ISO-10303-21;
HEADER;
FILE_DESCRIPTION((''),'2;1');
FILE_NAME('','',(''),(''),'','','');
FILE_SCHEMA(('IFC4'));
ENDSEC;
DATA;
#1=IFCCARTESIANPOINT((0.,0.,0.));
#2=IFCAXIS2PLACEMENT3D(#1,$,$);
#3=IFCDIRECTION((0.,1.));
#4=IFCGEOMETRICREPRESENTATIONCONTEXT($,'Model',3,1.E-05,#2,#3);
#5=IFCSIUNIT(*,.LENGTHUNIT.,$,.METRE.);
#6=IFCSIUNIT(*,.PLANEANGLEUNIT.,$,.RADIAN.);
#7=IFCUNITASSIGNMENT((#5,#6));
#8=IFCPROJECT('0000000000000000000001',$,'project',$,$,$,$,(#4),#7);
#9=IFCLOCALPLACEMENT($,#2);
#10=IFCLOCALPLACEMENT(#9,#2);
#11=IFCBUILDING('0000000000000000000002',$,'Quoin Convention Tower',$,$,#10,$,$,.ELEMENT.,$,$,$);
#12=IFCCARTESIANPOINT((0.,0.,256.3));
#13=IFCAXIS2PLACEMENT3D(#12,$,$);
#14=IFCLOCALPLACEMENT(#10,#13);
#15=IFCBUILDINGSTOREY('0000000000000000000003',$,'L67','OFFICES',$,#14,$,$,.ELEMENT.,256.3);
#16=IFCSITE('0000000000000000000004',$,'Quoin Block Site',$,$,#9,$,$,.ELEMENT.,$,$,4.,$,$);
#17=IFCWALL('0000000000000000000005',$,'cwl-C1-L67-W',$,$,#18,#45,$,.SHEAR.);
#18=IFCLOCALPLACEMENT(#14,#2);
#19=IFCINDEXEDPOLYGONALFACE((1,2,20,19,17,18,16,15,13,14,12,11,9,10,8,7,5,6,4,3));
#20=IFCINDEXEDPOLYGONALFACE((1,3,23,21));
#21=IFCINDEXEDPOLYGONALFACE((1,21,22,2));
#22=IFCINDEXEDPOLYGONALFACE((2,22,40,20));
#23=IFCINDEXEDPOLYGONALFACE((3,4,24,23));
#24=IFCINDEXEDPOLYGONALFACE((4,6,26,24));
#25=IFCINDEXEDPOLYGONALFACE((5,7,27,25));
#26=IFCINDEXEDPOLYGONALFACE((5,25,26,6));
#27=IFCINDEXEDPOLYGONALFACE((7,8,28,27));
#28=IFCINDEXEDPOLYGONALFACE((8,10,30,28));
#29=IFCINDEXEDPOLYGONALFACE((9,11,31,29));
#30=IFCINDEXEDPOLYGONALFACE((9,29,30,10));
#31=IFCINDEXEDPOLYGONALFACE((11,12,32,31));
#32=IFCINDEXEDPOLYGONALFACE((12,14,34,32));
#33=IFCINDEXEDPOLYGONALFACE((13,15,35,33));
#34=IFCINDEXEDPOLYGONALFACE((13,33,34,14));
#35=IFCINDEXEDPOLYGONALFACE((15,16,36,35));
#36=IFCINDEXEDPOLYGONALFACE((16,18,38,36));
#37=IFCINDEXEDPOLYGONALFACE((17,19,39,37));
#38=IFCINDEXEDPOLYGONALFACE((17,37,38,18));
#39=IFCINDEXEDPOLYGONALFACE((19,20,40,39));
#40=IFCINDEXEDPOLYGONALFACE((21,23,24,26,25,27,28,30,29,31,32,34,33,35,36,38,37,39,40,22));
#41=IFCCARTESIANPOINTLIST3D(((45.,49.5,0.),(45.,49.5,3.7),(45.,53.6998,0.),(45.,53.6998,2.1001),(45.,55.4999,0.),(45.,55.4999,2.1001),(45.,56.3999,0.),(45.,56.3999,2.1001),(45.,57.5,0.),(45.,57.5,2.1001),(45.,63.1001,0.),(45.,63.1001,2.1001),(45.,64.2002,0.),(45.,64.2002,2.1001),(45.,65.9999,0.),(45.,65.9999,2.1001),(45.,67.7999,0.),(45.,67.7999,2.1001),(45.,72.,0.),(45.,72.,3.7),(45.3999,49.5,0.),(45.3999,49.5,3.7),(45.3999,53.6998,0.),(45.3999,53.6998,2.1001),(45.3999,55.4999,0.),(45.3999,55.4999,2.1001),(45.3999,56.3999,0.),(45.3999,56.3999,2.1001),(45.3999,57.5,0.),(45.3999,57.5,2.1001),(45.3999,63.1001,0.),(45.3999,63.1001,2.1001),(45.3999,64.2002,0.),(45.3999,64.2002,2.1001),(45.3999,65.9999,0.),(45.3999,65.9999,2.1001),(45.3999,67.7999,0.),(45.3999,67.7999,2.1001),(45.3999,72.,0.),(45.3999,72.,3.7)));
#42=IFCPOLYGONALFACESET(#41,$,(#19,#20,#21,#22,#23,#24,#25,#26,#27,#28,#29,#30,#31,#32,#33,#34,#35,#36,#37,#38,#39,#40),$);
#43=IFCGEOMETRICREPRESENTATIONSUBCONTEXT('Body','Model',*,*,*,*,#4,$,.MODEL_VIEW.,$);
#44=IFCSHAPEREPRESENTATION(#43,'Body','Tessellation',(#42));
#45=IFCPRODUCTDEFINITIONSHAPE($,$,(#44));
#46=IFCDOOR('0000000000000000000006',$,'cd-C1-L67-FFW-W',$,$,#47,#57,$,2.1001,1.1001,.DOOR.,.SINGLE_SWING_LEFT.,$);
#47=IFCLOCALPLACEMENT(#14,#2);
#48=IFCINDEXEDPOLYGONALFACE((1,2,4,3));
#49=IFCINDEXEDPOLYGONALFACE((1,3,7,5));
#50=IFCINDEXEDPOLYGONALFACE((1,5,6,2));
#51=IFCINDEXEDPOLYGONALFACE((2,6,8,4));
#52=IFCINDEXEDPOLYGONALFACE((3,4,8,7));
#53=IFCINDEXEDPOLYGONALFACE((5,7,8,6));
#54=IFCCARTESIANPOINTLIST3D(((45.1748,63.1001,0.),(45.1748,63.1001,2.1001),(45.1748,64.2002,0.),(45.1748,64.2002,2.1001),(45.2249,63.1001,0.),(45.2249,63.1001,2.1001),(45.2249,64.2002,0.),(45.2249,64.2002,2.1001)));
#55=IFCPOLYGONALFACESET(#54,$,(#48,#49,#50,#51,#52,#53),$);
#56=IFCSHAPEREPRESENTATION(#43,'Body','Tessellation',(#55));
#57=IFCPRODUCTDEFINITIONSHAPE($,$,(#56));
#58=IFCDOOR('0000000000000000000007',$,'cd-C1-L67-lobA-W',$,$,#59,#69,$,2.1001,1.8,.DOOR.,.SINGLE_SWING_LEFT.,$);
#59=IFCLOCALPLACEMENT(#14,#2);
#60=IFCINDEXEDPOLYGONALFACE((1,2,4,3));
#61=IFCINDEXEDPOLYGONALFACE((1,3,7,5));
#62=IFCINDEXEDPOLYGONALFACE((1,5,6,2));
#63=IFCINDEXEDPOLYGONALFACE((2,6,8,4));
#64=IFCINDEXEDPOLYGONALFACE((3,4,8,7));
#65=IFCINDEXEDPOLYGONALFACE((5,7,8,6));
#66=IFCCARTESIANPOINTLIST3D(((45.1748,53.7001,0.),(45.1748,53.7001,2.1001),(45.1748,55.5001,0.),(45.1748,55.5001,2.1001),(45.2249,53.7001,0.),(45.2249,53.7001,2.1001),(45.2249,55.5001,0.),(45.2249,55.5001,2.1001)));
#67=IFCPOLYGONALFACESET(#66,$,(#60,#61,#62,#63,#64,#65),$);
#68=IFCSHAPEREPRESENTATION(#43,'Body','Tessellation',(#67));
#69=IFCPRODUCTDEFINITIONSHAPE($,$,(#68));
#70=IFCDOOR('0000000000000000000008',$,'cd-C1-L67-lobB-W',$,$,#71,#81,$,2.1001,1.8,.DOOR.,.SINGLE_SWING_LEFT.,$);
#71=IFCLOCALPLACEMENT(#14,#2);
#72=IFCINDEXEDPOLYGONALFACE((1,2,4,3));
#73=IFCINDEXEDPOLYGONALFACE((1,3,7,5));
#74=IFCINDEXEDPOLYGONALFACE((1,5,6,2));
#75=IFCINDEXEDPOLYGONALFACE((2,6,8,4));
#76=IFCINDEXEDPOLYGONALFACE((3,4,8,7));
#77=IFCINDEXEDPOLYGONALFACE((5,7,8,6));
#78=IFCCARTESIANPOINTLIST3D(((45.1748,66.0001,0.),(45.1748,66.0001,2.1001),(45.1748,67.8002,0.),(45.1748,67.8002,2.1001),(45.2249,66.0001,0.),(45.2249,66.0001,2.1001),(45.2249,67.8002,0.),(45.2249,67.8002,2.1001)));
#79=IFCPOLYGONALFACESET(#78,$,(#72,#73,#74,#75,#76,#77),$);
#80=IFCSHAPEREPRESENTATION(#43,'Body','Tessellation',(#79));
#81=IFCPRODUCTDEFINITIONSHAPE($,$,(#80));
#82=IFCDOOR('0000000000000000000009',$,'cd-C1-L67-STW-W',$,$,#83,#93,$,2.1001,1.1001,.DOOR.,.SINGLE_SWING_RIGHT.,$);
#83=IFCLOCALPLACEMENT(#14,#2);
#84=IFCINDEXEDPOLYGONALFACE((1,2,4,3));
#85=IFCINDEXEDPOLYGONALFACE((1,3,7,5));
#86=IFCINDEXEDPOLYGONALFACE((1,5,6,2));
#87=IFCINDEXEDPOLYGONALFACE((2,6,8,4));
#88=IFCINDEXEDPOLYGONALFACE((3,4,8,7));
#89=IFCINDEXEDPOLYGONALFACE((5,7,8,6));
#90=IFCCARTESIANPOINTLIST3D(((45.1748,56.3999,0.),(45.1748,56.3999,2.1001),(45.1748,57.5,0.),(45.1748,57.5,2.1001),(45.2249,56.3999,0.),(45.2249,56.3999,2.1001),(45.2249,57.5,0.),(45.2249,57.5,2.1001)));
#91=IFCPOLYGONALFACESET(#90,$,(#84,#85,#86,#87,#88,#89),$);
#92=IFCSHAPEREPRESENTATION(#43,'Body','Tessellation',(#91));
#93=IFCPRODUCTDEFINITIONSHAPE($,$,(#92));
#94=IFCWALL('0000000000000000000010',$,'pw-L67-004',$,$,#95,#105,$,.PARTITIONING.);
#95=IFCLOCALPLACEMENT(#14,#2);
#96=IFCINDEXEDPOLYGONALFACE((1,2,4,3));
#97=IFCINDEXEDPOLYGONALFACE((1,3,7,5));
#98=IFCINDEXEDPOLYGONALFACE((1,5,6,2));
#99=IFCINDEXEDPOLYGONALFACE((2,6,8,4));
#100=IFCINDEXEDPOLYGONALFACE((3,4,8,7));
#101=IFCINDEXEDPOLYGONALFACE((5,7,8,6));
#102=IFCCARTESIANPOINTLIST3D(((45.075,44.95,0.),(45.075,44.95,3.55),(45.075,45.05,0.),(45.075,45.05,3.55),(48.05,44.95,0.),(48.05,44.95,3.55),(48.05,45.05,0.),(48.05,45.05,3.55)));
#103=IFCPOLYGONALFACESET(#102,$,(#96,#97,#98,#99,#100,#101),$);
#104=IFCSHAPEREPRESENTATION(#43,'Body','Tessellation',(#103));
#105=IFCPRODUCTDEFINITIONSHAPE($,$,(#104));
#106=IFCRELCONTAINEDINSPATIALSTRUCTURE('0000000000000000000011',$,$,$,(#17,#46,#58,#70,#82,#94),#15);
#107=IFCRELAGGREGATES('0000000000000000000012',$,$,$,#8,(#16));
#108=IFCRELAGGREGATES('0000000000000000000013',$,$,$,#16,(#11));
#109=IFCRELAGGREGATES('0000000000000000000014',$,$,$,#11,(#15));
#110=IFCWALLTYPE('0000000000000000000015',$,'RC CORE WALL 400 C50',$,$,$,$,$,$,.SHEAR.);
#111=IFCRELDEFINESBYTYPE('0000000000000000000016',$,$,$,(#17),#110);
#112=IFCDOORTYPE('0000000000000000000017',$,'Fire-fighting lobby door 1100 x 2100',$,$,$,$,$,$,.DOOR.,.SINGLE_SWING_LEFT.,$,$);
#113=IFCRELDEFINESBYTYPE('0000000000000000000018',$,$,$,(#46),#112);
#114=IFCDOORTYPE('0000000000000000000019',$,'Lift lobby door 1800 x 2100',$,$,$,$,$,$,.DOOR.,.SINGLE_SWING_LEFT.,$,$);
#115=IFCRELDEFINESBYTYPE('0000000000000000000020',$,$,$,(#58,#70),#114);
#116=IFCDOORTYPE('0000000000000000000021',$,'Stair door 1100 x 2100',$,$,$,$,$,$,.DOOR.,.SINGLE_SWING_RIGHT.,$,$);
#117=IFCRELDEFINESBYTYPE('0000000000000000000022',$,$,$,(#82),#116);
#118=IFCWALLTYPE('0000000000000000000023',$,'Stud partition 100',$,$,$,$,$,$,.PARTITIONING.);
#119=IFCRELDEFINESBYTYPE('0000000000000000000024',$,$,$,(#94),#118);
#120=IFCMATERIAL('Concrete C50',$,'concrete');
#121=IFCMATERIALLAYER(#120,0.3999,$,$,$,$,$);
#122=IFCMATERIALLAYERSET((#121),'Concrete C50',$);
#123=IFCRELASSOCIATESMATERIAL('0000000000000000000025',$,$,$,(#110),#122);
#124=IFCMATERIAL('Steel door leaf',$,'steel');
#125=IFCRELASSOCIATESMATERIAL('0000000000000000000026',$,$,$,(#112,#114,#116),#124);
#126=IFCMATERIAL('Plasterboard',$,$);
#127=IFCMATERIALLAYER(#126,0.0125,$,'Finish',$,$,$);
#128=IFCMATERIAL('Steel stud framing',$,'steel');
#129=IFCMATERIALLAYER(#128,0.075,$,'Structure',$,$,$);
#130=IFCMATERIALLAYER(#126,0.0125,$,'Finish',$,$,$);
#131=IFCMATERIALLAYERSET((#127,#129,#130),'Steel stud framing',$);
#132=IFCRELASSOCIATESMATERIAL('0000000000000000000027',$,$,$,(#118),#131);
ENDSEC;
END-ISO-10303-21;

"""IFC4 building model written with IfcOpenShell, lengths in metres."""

from ifc_helpers import new_model, si_unit, direction, frame, frame_2d, origin, place, context, subcontext, project, spatial, rectangle, extrude, material, layer, layer_set, type_object, element, fill, save


model = new_model("IFC4")

# Units and contexts
model_context = context("Model", 3, precision=1e-05, world=origin(), true_north=direction((0.0, 1.0)))
body_context = subcontext(model_context, "Body", "Model", "MODEL_VIEW")
ifc_project = project(units=[si_unit("LENGTHUNIT", "METRE"), si_unit("PLANEANGLEUNIT", "RADIAN")], contexts=[model_context])

# Site, building, storey
site_placement = place(None, origin())
site = spatial("IfcSite", under=ifc_project, at=site_placement, Name="Quoin Block Site", CompositionType="ELEMENT", RefElevation=4.0)
building_placement = place(site_placement, origin())
building = spatial("IfcBuilding", under=site, at=building_placement, Name="Quoin Convention Tower", CompositionType="ELEMENT")
storey_placement = place(building_placement, frame((0.0, 0.0, 256.3)))
storey = spatial("IfcBuildingStorey", under=building, at=storey_placement, Name="L67", Description="OFFICES", CompositionType="ELEMENT", Elevation=256.3)

# Shared definitions
ifc_material_1 = material(Name="Plasterboard")
ifc_material_2 = material(Name="Steel stud framing", Category="steel")
ifc_material_3 = material(Name="Steel door leaf", Category="steel")

# Shared definitions
ifc_material_4 = material(Name="Concrete C50", Category="concrete")
ifc_layer_1 = layer(ifc_material_4, 0.3999)
ifc_layer_set_1 = layer_set([ifc_layer_1], Name="Concrete C50")
wall_type_1 = type_object("IfcWallType", Name="RC CORE WALL 400 C50", PredefinedType="SHEAR", material=ifc_layer_set_1)

# Wall, openings, doors
wall_1_placement = place(storey_placement, frame((45.2, 49.5, 0.0), z_axis=(0.0, 0.0, 1.0), x_axis=(0.0, 1.0, 0.0)))
wall_1 = element("IfcWall", 1, at=wall_1_placement, inside=storey, type_object=wall_type_1, Name="cwl-C1-L67-W", PredefinedType="SHEAR", context=body_context, shape_type="SweptSolid", body=[
    extrude(rectangle(XDim=22.5, YDim=0.3999, at=frame_2d((11.25, 0.0))), origin(), (0.0, 0.0, 1.0), 3.7),
])
opening_1_placement = place(wall_1_placement, frame((4.2, 0.0, 0.0)))
opening_1 = element("IfcOpeningElement", 2, at=opening_1_placement, cuts=wall_1, PredefinedType="OPENING", context=body_context, shape_type="SweptSolid", body=[
    extrude(rectangle(XDim=1.8, YDim=2.1001, at=frame_2d((0.8999, 1.05))), frame((0.0, 0.21, 0.0), z_axis=(0.0, -1.0, 0.0), x_axis=(1.0, 0.0, 0.0)), (0.0, 0.0, 1.0), 0.4199),
])
opening_2_placement = place(wall_1_placement, frame((6.8999, 0.0, 0.0)))
opening_2 = element("IfcOpeningElement", 3, at=opening_2_placement, cuts=wall_1, PredefinedType="OPENING", context=body_context, shape_type="SweptSolid", body=[
    extrude(rectangle(XDim=1.1001, YDim=2.1001, at=frame_2d((0.55, 1.05))), frame((0.0, 0.21, 0.0), z_axis=(0.0, -1.0, 0.0), x_axis=(1.0, 0.0, 0.0)), (0.0, 0.0, 1.0), 0.4199),
])
opening_3_placement = place(wall_1_placement, frame((13.6001, 0.0, 0.0)))
opening_3 = element("IfcOpeningElement", 4, at=opening_3_placement, cuts=wall_1, PredefinedType="OPENING", context=body_context, shape_type="SweptSolid", body=[
    extrude(rectangle(XDim=1.1001, YDim=2.1001, at=frame_2d((0.55, 1.05))), frame((0.0, 0.21, 0.0), z_axis=(0.0, -1.0, 0.0), x_axis=(1.0, 0.0, 0.0)), (0.0, 0.0, 1.0), 0.4199),
])
opening_4_placement = place(wall_1_placement, frame((16.5, 0.0, 0.0)))
opening_4 = element("IfcOpeningElement", 5, at=opening_4_placement, cuts=wall_1, PredefinedType="OPENING", context=body_context, shape_type="SweptSolid", body=[
    extrude(rectangle(XDim=1.8, YDim=2.1001, at=frame_2d((0.8999, 1.05))), frame((0.0, 0.21, 0.0), z_axis=(0.0, -1.0, 0.0), x_axis=(1.0, 0.0, 0.0)), (0.0, 0.0, 1.0), 0.4199),
])
door_type_1 = type_object("IfcDoorType", Name="Fire-fighting lobby door 1100 x 2100", OperationType="SINGLE_SWING_LEFT", PredefinedType="DOOR", material=ifc_material_3)
door_1_placement = place(opening_3_placement, frame((1.1001, 0.0, 0.0), z_axis=(0.0, 0.0, 1.0), x_axis=(-1.0, 0.0, 0.0)))
door_1 = element("IfcDoor", 6, at=door_1_placement, inside=storey, type_object=door_type_1, Name="cd-C1-L67-FFW-W", OperationType="SINGLE_SWING_LEFT", OverallHeight=2.1001, OverallWidth=1.1001, PredefinedType="DOOR", context=body_context, shape_type="SweptSolid", body=[
    extrude(rectangle(XDim=1.1001, YDim=2.1001, at=frame_2d((0.55, 1.05))), frame((0.0, 0.0249, 0.0), z_axis=(0.0, -1.0, 0.0), x_axis=(1.0, 0.0, 0.0)), (0.0, 0.0, 1.0), 0.05),
])
fill(opening_3, door_1)
door_type_2 = type_object("IfcDoorType", Name="Lift lobby door 1800 x 2100", OperationType="SINGLE_SWING_LEFT", PredefinedType="DOOR", material=ifc_material_3)
door_2_placement = place(opening_1_placement, frame((1.8, 0.0, 0.0), z_axis=(0.0, 0.0, 1.0), x_axis=(-1.0, 0.0, 0.0)))
door_2 = element("IfcDoor", 7, at=door_2_placement, inside=storey, type_object=door_type_2, Name="cd-C1-L67-lobA-W", OperationType="SINGLE_SWING_LEFT", OverallHeight=2.1001, OverallWidth=1.8, PredefinedType="DOOR", context=body_context, shape_type="SweptSolid", body=[
    extrude(rectangle(XDim=1.8, YDim=2.1001, at=frame_2d((0.8999, 1.05))), frame((0.0, 0.0249, 0.0), z_axis=(0.0, -1.0, 0.0), x_axis=(1.0, 0.0, 0.0)), (0.0, 0.0, 1.0), 0.05),
])
fill(opening_1, door_2)
door_3_placement = place(opening_4_placement, frame((1.8, 0.0, 0.0), z_axis=(0.0, 0.0, 1.0), x_axis=(-1.0, 0.0, 0.0)))
door_3 = element("IfcDoor", 8, at=door_3_placement, inside=storey, type_object=door_type_2, Name="cd-C1-L67-lobB-W", OperationType="SINGLE_SWING_LEFT", OverallHeight=2.1001, OverallWidth=1.8, PredefinedType="DOOR", context=body_context, shape_type="SweptSolid", body=[
    extrude(rectangle(XDim=1.8, YDim=2.1001, at=frame_2d((0.8999, 1.05))), frame((0.0, 0.0249, 0.0), z_axis=(0.0, -1.0, 0.0), x_axis=(1.0, 0.0, 0.0)), (0.0, 0.0, 1.0), 0.05),
])
fill(opening_4, door_3)
door_type_3 = type_object("IfcDoorType", Name="Stair door 1100 x 2100", OperationType="SINGLE_SWING_RIGHT", PredefinedType="DOOR", material=ifc_material_3)
door_4_placement = place(opening_2_placement, frame((1.1001, 0.0, 0.0), z_axis=(0.0, 0.0, 1.0), x_axis=(-1.0, 0.0, 0.0)))
door_4 = element("IfcDoor", 9, at=door_4_placement, inside=storey, type_object=door_type_3, Name="cd-C1-L67-STW-W", OperationType="SINGLE_SWING_RIGHT", OverallHeight=2.1001, OverallWidth=1.1001, PredefinedType="DOOR", context=body_context, shape_type="SweptSolid", body=[
    extrude(rectangle(XDim=1.1001, YDim=2.1001, at=frame_2d((0.55, 1.05))), frame((0.0, 0.0249, 0.0), z_axis=(0.0, -1.0, 0.0), x_axis=(1.0, 0.0, 0.0)), (0.0, 0.0, 1.0), 0.05),
])
fill(opening_2, door_4)

# Wall
ifc_layer_2 = layer(ifc_material_1, 0.0125, Name="Finish")
ifc_layer_3 = layer(ifc_material_2, 0.075, Name="Structure")
ifc_layer_4 = layer(ifc_material_1, 0.0125, Name="Finish")
ifc_layer_set_2 = layer_set([ifc_layer_2, ifc_layer_3, ifc_layer_4], Name="Steel stud framing")
wall_type_2 = type_object("IfcWallType", Name="Stud partition 100", PredefinedType="PARTITIONING", material=ifc_layer_set_2)
wall_2_placement = place(storey_placement, frame((45.075, 45.0, 0.0), z_axis=(0.0, 0.0, 1.0), x_axis=(1.0, 0.0, 0.0)))
element("IfcWall", 10, at=wall_2_placement, inside=storey, type_object=wall_type_2, Name="pw-L67-004", PredefinedType="PARTITIONING", context=body_context, shape_type="SweptSolid", body=[
    extrude(rectangle(XDim=2.9751, YDim=0.1001, at=frame_2d((1.4875, 0.0))), origin(), (0.0, 0.0, 1.0), 3.55),
])

save(model, "model.ifc")
